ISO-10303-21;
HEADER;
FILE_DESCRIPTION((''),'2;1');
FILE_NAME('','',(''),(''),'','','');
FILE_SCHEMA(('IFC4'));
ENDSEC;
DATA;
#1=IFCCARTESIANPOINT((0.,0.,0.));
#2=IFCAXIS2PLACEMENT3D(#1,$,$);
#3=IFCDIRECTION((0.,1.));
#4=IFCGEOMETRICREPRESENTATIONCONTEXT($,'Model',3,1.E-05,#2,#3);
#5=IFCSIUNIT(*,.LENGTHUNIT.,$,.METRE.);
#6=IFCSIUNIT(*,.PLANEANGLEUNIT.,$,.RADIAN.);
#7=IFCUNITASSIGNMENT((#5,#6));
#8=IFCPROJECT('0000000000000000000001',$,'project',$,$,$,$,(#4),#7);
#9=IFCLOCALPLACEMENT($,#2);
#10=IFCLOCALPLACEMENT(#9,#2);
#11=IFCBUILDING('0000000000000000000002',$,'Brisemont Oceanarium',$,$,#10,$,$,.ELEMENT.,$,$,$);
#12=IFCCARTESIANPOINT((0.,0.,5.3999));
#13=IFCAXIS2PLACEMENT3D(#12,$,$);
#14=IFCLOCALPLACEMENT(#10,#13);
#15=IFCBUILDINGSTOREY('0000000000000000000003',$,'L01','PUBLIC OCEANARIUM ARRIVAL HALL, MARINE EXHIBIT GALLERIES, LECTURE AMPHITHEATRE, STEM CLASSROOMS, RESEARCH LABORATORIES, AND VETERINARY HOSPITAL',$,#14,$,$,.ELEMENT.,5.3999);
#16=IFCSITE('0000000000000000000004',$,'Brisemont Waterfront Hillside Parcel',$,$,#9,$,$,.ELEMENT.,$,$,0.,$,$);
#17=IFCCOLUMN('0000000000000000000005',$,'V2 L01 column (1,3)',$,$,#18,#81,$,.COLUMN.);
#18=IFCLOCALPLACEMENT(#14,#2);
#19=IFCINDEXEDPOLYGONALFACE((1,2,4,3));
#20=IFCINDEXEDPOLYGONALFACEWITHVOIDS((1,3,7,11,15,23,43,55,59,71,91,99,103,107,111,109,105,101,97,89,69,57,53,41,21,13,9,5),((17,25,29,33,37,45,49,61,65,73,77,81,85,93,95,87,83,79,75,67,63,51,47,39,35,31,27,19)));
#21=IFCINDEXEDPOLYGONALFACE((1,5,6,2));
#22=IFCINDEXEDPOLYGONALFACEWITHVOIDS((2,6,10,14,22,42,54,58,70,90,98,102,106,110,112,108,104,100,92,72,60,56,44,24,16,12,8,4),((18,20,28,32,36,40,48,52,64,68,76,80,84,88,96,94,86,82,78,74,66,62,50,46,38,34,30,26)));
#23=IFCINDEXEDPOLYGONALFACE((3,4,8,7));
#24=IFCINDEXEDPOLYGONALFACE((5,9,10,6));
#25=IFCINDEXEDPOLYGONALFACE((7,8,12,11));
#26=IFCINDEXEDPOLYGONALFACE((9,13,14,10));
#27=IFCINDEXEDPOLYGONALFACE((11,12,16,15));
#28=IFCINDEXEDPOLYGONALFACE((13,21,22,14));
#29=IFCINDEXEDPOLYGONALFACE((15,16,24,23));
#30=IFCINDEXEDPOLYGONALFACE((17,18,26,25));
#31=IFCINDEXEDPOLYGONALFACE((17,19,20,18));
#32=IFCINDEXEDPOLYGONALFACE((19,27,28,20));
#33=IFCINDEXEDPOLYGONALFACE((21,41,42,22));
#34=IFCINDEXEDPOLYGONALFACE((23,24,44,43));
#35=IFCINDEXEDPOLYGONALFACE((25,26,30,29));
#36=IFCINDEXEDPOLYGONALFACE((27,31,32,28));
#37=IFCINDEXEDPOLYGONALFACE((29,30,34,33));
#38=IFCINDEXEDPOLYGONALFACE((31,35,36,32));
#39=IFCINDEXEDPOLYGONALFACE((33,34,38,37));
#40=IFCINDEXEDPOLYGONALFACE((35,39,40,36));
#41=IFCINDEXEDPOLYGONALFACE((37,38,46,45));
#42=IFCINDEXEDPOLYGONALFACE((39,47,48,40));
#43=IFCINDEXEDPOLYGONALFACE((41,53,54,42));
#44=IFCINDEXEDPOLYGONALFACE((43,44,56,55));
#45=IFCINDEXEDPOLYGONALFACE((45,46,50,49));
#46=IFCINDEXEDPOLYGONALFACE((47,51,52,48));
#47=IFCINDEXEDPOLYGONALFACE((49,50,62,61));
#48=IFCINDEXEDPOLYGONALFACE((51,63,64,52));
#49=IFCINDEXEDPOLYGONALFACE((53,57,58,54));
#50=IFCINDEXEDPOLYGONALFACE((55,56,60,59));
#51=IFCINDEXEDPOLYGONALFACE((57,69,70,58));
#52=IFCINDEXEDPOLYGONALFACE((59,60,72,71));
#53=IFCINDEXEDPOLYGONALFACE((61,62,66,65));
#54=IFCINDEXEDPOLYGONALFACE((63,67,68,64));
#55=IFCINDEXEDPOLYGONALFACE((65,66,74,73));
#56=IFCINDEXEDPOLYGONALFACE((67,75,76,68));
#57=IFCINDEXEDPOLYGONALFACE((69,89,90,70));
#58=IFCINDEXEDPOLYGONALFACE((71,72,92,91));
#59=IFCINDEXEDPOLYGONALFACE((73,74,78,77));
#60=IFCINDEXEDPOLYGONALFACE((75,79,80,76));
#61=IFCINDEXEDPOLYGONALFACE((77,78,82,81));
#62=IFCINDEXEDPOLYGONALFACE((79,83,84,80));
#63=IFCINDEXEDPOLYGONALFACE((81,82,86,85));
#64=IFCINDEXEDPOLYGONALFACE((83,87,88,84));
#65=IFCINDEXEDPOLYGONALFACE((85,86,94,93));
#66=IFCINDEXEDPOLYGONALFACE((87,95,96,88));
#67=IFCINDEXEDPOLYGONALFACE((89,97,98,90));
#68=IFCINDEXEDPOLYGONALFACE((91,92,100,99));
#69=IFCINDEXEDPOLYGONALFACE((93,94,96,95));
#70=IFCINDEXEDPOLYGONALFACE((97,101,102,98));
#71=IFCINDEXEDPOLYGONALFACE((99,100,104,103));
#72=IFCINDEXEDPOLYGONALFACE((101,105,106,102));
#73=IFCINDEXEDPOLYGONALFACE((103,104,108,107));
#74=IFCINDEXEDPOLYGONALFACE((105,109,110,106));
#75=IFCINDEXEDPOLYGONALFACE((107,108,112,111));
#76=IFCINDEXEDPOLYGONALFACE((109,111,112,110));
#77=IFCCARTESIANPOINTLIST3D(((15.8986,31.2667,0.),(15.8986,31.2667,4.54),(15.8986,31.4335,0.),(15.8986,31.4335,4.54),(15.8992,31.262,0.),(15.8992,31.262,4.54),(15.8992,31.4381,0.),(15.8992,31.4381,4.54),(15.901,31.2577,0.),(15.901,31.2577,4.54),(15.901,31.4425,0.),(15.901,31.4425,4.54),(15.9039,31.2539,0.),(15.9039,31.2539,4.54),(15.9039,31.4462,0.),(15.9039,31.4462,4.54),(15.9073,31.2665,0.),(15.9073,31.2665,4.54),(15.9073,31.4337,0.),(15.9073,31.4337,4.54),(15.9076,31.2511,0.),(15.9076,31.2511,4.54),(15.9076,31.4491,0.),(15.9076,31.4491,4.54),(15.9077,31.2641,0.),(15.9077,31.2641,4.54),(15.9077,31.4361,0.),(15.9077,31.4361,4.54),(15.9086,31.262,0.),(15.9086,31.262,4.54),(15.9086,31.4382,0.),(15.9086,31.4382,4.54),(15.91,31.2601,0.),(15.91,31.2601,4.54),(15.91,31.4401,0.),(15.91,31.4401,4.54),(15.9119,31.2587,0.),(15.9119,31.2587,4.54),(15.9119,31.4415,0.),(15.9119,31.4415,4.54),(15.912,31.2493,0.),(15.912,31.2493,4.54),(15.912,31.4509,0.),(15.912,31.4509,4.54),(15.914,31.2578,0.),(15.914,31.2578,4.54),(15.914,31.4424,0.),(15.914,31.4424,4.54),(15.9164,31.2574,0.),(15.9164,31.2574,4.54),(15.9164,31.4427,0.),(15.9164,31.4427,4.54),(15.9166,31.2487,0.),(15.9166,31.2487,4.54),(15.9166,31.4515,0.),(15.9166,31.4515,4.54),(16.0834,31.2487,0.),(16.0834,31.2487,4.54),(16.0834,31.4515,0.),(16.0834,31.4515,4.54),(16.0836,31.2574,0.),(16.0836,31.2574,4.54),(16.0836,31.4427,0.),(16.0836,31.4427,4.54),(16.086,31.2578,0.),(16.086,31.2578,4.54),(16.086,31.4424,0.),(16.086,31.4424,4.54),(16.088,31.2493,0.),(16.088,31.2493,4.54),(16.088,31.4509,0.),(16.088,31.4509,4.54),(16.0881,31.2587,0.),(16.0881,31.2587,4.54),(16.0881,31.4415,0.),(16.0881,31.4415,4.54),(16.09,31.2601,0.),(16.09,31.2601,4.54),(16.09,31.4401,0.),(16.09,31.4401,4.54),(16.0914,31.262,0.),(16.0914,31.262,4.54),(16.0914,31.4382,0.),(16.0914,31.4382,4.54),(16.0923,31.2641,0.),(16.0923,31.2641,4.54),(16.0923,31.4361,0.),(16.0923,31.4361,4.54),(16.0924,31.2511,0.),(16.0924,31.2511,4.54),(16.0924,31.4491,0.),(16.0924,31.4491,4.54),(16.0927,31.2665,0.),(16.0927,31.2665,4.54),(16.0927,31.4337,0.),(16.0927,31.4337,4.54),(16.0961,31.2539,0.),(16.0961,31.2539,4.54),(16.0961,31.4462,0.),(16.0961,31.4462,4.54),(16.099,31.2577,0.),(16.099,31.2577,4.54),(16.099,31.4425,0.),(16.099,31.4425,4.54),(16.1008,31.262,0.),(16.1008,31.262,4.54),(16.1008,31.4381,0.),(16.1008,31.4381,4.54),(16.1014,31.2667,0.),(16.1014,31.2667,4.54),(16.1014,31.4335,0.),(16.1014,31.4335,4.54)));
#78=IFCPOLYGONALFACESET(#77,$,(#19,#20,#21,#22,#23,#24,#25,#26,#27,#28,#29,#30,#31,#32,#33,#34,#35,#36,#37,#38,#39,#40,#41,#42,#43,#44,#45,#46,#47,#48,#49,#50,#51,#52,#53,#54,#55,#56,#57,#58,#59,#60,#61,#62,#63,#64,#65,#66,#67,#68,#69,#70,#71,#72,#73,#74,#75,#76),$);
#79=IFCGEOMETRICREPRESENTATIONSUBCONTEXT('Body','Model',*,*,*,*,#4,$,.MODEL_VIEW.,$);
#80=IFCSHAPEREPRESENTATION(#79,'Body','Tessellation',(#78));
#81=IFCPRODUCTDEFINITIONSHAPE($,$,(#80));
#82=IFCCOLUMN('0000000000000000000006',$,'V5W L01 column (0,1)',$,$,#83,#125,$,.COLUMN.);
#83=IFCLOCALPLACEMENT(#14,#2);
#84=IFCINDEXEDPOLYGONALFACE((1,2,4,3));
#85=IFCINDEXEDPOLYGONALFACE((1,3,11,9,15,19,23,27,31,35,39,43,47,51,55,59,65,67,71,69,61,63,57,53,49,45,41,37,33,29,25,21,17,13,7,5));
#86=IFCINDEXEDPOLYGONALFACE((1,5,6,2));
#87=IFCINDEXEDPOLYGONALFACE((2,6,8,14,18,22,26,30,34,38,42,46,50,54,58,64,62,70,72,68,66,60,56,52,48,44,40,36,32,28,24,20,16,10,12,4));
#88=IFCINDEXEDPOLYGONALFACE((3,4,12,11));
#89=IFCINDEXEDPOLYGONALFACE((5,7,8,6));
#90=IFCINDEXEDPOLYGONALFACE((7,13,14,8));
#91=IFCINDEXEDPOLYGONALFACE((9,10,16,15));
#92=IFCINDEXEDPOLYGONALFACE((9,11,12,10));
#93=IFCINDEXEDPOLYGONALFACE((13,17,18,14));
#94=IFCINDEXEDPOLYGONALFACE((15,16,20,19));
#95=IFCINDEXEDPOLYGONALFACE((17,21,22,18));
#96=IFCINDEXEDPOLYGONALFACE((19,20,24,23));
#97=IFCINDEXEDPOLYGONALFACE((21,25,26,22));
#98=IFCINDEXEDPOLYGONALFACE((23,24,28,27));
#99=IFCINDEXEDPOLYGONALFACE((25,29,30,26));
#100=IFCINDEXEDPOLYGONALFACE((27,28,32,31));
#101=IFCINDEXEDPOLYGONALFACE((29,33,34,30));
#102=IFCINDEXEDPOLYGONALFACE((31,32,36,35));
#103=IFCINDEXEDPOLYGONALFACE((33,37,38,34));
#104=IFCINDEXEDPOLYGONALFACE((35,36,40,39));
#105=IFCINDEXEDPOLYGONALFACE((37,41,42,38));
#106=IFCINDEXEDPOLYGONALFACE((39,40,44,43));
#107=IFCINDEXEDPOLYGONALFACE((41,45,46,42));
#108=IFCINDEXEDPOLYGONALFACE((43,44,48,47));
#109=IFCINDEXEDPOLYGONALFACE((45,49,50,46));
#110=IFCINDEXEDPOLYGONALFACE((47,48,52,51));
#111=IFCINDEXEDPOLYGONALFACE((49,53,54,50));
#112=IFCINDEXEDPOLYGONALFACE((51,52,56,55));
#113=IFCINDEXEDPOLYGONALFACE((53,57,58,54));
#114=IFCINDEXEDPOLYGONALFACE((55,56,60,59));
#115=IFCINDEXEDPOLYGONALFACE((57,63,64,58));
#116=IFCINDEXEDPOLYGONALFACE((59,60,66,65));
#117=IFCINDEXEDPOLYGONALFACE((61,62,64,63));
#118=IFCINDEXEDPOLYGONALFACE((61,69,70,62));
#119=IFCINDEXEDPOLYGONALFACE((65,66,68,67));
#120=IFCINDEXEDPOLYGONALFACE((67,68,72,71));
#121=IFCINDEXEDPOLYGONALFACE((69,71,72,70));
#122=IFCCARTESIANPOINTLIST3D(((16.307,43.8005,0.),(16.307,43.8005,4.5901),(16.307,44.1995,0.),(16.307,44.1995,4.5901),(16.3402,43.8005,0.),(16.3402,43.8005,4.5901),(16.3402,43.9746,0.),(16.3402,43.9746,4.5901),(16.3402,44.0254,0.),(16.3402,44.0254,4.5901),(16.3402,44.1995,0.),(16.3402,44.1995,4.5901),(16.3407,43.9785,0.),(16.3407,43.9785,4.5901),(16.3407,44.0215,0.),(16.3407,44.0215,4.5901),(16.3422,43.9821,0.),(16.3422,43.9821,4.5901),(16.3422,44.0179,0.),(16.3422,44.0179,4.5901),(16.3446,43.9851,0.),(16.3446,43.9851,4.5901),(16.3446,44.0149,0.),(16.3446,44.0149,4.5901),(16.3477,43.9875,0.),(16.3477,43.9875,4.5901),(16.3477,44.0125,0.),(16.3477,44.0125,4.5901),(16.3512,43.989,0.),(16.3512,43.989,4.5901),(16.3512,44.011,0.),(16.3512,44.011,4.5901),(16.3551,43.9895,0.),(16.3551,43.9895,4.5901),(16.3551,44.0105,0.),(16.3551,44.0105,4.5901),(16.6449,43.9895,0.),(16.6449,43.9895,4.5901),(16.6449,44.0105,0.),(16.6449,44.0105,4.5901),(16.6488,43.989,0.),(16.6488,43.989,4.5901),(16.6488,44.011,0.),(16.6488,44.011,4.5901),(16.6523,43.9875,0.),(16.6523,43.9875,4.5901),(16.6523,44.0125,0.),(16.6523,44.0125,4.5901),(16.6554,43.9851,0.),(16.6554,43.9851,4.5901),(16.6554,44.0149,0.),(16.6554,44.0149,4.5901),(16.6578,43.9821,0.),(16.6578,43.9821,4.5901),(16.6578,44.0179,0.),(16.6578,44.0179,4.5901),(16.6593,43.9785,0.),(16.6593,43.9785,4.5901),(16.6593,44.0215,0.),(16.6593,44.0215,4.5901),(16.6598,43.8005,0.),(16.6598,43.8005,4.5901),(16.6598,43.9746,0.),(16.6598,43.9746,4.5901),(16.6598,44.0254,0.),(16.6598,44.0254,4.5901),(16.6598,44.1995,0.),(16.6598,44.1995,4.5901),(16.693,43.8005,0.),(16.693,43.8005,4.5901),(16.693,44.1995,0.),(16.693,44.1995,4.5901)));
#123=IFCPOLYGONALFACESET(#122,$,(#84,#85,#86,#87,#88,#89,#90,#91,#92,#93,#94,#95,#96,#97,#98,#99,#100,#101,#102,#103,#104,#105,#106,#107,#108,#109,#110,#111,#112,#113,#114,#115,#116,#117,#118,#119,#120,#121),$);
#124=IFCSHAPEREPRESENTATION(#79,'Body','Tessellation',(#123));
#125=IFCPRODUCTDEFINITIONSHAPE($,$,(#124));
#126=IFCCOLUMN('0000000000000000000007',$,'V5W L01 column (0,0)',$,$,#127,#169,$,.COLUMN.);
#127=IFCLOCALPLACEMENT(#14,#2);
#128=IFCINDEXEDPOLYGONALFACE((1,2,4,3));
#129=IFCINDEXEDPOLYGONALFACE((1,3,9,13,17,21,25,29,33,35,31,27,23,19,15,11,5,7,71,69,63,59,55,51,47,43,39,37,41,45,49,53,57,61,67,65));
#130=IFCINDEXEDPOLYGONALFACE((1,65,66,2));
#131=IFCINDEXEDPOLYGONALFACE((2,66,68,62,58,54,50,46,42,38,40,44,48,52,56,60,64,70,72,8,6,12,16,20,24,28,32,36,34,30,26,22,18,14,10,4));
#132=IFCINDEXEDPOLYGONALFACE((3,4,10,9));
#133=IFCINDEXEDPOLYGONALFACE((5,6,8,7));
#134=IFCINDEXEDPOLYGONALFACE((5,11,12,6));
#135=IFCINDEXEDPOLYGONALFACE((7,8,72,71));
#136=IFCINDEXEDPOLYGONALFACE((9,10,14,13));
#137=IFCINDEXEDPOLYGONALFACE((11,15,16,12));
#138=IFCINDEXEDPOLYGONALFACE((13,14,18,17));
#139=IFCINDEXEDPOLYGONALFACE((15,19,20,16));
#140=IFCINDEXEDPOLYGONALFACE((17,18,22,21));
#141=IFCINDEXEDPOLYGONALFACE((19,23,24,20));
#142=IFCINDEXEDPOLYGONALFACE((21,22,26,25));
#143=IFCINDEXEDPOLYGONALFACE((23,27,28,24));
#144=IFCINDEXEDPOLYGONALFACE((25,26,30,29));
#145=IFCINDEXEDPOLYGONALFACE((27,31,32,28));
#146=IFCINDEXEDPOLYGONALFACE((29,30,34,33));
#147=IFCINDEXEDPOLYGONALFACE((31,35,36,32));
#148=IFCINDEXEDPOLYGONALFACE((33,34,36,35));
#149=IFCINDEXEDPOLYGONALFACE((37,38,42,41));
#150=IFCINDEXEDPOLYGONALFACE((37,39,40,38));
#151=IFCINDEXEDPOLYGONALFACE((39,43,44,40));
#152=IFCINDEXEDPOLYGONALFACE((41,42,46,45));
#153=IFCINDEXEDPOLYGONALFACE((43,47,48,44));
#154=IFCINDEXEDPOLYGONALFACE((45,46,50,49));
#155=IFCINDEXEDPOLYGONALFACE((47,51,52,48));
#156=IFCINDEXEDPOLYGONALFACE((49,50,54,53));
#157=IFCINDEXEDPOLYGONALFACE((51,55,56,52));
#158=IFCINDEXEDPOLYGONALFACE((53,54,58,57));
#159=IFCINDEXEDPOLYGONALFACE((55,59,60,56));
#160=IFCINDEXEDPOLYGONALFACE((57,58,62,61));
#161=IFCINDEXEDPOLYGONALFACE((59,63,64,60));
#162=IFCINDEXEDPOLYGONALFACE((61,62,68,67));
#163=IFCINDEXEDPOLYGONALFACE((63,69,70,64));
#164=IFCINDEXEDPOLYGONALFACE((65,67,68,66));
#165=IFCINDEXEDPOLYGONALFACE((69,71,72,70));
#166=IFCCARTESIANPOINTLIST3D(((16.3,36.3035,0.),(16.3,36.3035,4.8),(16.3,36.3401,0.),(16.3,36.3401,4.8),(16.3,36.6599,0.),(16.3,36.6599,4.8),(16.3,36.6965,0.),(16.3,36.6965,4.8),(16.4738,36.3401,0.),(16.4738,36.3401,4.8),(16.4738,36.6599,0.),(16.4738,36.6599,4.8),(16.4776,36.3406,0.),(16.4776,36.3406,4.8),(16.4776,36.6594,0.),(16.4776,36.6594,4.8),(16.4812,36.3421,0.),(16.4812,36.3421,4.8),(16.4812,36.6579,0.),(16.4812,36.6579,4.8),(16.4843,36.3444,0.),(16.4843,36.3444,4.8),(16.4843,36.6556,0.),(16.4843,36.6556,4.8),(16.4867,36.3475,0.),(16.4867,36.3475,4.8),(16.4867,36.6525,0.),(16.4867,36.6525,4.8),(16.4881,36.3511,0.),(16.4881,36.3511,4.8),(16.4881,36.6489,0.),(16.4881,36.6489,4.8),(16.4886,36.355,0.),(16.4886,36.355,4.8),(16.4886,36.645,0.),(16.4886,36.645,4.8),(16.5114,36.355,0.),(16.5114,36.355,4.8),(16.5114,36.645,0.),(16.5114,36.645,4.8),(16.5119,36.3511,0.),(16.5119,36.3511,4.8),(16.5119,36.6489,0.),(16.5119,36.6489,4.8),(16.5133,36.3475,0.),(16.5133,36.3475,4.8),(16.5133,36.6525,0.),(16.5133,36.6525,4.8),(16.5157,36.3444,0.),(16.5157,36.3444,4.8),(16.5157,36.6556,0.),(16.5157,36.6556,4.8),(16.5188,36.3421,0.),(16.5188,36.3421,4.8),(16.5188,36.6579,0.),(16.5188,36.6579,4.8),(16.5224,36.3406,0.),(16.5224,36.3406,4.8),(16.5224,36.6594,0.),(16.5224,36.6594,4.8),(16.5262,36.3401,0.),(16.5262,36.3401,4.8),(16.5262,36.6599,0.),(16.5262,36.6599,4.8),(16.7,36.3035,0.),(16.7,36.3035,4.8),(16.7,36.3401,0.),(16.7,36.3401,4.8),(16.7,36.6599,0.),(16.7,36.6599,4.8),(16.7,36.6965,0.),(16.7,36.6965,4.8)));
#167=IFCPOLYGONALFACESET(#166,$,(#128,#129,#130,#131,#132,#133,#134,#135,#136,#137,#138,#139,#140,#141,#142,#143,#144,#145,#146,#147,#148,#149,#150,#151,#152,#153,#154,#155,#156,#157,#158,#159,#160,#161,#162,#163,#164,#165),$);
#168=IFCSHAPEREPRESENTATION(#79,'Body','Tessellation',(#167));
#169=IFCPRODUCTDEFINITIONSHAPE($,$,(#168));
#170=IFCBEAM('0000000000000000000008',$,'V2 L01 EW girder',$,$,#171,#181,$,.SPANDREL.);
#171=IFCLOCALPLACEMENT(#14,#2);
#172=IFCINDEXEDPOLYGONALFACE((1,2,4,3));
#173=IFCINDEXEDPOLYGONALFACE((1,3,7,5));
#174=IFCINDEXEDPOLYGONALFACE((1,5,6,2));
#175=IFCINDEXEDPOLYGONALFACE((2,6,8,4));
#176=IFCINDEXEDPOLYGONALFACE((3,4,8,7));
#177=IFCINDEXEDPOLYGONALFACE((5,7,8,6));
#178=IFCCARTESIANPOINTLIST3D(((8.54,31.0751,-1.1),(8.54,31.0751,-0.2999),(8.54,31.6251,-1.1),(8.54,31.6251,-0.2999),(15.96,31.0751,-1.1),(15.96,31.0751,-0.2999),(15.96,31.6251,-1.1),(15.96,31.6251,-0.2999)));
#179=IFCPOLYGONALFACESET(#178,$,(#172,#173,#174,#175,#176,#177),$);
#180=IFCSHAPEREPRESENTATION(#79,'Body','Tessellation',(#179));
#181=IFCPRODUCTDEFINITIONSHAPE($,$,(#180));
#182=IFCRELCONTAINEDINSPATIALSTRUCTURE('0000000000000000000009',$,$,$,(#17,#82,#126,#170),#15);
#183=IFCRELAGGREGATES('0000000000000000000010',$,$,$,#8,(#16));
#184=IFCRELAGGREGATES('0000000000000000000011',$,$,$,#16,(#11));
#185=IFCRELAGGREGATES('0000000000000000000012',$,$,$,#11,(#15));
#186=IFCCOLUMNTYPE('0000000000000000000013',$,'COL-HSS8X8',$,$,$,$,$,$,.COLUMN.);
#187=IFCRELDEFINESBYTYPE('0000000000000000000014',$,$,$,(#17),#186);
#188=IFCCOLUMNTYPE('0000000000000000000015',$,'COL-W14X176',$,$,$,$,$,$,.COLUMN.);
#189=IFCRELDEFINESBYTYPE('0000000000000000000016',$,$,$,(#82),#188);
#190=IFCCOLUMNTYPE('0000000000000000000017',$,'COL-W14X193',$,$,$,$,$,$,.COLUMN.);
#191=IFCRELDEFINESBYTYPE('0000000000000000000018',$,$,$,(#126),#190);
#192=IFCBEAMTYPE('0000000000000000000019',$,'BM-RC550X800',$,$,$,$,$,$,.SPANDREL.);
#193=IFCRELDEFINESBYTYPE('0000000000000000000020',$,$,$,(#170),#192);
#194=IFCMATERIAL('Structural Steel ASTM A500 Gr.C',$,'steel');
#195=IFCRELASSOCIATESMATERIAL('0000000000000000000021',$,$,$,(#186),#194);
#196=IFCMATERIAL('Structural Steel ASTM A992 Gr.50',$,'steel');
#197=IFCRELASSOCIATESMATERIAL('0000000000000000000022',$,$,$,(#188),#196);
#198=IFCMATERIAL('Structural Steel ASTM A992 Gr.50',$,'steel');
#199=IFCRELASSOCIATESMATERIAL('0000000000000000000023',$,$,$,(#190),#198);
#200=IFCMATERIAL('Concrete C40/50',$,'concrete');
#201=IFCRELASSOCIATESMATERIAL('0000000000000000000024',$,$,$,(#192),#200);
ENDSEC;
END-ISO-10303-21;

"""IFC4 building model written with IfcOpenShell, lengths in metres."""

from ifc_helpers import new_model, si_unit, direction, frame, origin, origin_2d, place, context, subcontext, project, spatial, rectangle, hollow_rectangle, i_section, extrude, material, material_profile, profile_set, type_object, element, save


model = new_model("IFC4")

# Units and contexts
model_context = context("Model", 3, precision=1e-05, world=origin(), true_north=direction((0.0, 1.0)))
body_context = subcontext(model_context, "Body", "Model", "MODEL_VIEW")
ifc_project = project(units=[si_unit("LENGTHUNIT", "METRE"), si_unit("PLANEANGLEUNIT", "RADIAN")], contexts=[model_context])

# Site, building, storey
site_placement = place(None, origin())
site = spatial("IfcSite", under=ifc_project, at=site_placement, Name="Brisemont Waterfront Hillside Parcel", CompositionType="ELEMENT", RefElevation=0.0)
building_placement = place(site_placement, origin())
building = spatial("IfcBuilding", under=site, at=building_placement, Name="Brisemont Oceanarium", CompositionType="ELEMENT")
storey_placement = place(building_placement, frame((0.0, 0.0, 5.3999)))
storey = spatial("IfcBuildingStorey", under=building, at=storey_placement, Name="L01", Description="PUBLIC OCEANARIUM ARRIVAL HALL, MARINE EXHIBIT GALLERIES, LECTURE AMPHITHEATRE, STEM CLASSROOMS, RESEARCH LABORATORIES, AND VETERINARY HOSPITAL", CompositionType="ELEMENT", Elevation=5.3999)

# Columns
ifc_material_1 = material(Name="Structural Steel ASTM A500 Gr.C", Category="steel")
ifc_material_profile_1 = material_profile(ifc_material_1, hollow_rectangle(XDim=0.2029, YDim=0.2029, WallThickness=0.0088, InnerFilletRadius=0.009, OuterFilletRadius=0.0181, at=origin_2d()), Name="HSS8X8X3/8")
ifc_profile_set_1 = profile_set([ifc_material_profile_1], Name="Structural Steel ASTM A500 Gr.C")
column_type_1 = type_object("IfcColumnType", Name="COL-HSS8X8", PredefinedType="COLUMN", material=ifc_profile_set_1)
column_1_placement = place(storey_placement, frame((16.0, 31.3501, 0.0), z_axis=(0.0, 0.0, 1.0), x_axis=(1.0, 0.0, 0.0)))
element("IfcColumn", 1, at=column_1_placement, inside=storey, type_object=column_type_1, Name="V2 L01 column (1,3)", PredefinedType="COLUMN", context=body_context, shape_type="SweptSolid", body=[
    extrude(hollow_rectangle(XDim=0.2029, YDim=0.2029, WallThickness=0.0088, InnerFilletRadius=0.009, OuterFilletRadius=0.0181, at=origin_2d()), origin(), (0.0, 0.0, 1.0), 4.54),
])
ifc_material_2 = material(Name="Structural Steel ASTM A992 Gr.50", Category="steel")
ifc_material_profile_2 = material_profile(ifc_material_2, i_section(OverallWidth=0.3989, OverallDepth=0.386, WebThickness=0.021, FlangeThickness=0.0332, FilletRadius=0.0149, at=origin_2d()), Name="W14X176")
ifc_profile_set_2 = profile_set([ifc_material_profile_2], Name="Structural Steel ASTM A992 Gr.50")
column_type_2 = type_object("IfcColumnType", Name="COL-W14X176", PredefinedType="COLUMN", material=ifc_profile_set_2)
column_2_placement = place(storey_placement, frame((16.5, 44.0, 0.0), z_axis=(0.0, 0.0, 1.0), x_axis=(0.0, 1.0, 0.0)))
element("IfcColumn", 2, at=column_2_placement, inside=storey, type_object=column_type_2, Name="V5W L01 column (0,1)", PredefinedType="COLUMN", context=body_context, shape_type="SweptSolid", body=[
    extrude(i_section(OverallWidth=0.3989, OverallDepth=0.386, WebThickness=0.021, FlangeThickness=0.0332, FilletRadius=0.0149, at=origin_2d()), origin(), (0.0, 0.0, 1.0), 4.5901),
])
ifc_material_3 = material(Name="Structural Steel ASTM A992 Gr.50", Category="steel")
ifc_material_profile_3 = material_profile(ifc_material_3, i_section(OverallWidth=0.3999, OverallDepth=0.3931, WebThickness=0.0227, FlangeThickness=0.0366, FilletRadius=0.0149, at=origin_2d()), Name="W14X193")
ifc_profile_set_3 = profile_set([ifc_material_profile_3], Name="Structural Steel ASTM A992 Gr.50")
column_type_3 = type_object("IfcColumnType", Name="COL-W14X193", PredefinedType="COLUMN", material=ifc_profile_set_3)
column_3_placement = place(storey_placement, frame((16.5, 36.5, 0.0), z_axis=(0.0, 0.0, 1.0), x_axis=(1.0, 0.0, 0.0)))
element("IfcColumn", 3, at=column_3_placement, inside=storey, type_object=column_type_3, Name="V5W L01 column (0,0)", PredefinedType="COLUMN", context=body_context, shape_type="SweptSolid", body=[
    extrude(i_section(OverallWidth=0.3999, OverallDepth=0.3931, WebThickness=0.0227, FlangeThickness=0.0366, FilletRadius=0.0149, at=origin_2d()), origin(), (0.0, 0.0, 1.0), 4.8),
])

# Beam
ifc_material_4 = material(Name="Concrete C40/50", Category="concrete")
ifc_material_profile_4 = material_profile(ifc_material_4, rectangle(XDim=0.55, YDim=0.8, at=origin_2d()), Name="RC-BM-550X800")
ifc_profile_set_4 = profile_set([ifc_material_profile_4], Name="Concrete C40/50")
beam_type_1 = type_object("IfcBeamType", Name="BM-RC550X800", PredefinedType="SPANDREL", material=ifc_profile_set_4)
beam_1_placement = place(storey_placement, frame((8.54, 31.3501, -0.7), z_axis=(1.0, 0.0, 0.0), x_axis=(0.0, 1.0, 0.0)))
element("IfcBeam", 4, at=beam_1_placement, inside=storey, type_object=beam_type_1, Name="V2 L01 EW girder", PredefinedType="SPANDREL", context=body_context, shape_type="SweptSolid", body=[
    extrude(rectangle(XDim=0.55, YDim=0.8, at=origin_2d()), origin(), (0.0, 0.0, 1.0), 7.4199),
])

save(model, "model.ifc")
